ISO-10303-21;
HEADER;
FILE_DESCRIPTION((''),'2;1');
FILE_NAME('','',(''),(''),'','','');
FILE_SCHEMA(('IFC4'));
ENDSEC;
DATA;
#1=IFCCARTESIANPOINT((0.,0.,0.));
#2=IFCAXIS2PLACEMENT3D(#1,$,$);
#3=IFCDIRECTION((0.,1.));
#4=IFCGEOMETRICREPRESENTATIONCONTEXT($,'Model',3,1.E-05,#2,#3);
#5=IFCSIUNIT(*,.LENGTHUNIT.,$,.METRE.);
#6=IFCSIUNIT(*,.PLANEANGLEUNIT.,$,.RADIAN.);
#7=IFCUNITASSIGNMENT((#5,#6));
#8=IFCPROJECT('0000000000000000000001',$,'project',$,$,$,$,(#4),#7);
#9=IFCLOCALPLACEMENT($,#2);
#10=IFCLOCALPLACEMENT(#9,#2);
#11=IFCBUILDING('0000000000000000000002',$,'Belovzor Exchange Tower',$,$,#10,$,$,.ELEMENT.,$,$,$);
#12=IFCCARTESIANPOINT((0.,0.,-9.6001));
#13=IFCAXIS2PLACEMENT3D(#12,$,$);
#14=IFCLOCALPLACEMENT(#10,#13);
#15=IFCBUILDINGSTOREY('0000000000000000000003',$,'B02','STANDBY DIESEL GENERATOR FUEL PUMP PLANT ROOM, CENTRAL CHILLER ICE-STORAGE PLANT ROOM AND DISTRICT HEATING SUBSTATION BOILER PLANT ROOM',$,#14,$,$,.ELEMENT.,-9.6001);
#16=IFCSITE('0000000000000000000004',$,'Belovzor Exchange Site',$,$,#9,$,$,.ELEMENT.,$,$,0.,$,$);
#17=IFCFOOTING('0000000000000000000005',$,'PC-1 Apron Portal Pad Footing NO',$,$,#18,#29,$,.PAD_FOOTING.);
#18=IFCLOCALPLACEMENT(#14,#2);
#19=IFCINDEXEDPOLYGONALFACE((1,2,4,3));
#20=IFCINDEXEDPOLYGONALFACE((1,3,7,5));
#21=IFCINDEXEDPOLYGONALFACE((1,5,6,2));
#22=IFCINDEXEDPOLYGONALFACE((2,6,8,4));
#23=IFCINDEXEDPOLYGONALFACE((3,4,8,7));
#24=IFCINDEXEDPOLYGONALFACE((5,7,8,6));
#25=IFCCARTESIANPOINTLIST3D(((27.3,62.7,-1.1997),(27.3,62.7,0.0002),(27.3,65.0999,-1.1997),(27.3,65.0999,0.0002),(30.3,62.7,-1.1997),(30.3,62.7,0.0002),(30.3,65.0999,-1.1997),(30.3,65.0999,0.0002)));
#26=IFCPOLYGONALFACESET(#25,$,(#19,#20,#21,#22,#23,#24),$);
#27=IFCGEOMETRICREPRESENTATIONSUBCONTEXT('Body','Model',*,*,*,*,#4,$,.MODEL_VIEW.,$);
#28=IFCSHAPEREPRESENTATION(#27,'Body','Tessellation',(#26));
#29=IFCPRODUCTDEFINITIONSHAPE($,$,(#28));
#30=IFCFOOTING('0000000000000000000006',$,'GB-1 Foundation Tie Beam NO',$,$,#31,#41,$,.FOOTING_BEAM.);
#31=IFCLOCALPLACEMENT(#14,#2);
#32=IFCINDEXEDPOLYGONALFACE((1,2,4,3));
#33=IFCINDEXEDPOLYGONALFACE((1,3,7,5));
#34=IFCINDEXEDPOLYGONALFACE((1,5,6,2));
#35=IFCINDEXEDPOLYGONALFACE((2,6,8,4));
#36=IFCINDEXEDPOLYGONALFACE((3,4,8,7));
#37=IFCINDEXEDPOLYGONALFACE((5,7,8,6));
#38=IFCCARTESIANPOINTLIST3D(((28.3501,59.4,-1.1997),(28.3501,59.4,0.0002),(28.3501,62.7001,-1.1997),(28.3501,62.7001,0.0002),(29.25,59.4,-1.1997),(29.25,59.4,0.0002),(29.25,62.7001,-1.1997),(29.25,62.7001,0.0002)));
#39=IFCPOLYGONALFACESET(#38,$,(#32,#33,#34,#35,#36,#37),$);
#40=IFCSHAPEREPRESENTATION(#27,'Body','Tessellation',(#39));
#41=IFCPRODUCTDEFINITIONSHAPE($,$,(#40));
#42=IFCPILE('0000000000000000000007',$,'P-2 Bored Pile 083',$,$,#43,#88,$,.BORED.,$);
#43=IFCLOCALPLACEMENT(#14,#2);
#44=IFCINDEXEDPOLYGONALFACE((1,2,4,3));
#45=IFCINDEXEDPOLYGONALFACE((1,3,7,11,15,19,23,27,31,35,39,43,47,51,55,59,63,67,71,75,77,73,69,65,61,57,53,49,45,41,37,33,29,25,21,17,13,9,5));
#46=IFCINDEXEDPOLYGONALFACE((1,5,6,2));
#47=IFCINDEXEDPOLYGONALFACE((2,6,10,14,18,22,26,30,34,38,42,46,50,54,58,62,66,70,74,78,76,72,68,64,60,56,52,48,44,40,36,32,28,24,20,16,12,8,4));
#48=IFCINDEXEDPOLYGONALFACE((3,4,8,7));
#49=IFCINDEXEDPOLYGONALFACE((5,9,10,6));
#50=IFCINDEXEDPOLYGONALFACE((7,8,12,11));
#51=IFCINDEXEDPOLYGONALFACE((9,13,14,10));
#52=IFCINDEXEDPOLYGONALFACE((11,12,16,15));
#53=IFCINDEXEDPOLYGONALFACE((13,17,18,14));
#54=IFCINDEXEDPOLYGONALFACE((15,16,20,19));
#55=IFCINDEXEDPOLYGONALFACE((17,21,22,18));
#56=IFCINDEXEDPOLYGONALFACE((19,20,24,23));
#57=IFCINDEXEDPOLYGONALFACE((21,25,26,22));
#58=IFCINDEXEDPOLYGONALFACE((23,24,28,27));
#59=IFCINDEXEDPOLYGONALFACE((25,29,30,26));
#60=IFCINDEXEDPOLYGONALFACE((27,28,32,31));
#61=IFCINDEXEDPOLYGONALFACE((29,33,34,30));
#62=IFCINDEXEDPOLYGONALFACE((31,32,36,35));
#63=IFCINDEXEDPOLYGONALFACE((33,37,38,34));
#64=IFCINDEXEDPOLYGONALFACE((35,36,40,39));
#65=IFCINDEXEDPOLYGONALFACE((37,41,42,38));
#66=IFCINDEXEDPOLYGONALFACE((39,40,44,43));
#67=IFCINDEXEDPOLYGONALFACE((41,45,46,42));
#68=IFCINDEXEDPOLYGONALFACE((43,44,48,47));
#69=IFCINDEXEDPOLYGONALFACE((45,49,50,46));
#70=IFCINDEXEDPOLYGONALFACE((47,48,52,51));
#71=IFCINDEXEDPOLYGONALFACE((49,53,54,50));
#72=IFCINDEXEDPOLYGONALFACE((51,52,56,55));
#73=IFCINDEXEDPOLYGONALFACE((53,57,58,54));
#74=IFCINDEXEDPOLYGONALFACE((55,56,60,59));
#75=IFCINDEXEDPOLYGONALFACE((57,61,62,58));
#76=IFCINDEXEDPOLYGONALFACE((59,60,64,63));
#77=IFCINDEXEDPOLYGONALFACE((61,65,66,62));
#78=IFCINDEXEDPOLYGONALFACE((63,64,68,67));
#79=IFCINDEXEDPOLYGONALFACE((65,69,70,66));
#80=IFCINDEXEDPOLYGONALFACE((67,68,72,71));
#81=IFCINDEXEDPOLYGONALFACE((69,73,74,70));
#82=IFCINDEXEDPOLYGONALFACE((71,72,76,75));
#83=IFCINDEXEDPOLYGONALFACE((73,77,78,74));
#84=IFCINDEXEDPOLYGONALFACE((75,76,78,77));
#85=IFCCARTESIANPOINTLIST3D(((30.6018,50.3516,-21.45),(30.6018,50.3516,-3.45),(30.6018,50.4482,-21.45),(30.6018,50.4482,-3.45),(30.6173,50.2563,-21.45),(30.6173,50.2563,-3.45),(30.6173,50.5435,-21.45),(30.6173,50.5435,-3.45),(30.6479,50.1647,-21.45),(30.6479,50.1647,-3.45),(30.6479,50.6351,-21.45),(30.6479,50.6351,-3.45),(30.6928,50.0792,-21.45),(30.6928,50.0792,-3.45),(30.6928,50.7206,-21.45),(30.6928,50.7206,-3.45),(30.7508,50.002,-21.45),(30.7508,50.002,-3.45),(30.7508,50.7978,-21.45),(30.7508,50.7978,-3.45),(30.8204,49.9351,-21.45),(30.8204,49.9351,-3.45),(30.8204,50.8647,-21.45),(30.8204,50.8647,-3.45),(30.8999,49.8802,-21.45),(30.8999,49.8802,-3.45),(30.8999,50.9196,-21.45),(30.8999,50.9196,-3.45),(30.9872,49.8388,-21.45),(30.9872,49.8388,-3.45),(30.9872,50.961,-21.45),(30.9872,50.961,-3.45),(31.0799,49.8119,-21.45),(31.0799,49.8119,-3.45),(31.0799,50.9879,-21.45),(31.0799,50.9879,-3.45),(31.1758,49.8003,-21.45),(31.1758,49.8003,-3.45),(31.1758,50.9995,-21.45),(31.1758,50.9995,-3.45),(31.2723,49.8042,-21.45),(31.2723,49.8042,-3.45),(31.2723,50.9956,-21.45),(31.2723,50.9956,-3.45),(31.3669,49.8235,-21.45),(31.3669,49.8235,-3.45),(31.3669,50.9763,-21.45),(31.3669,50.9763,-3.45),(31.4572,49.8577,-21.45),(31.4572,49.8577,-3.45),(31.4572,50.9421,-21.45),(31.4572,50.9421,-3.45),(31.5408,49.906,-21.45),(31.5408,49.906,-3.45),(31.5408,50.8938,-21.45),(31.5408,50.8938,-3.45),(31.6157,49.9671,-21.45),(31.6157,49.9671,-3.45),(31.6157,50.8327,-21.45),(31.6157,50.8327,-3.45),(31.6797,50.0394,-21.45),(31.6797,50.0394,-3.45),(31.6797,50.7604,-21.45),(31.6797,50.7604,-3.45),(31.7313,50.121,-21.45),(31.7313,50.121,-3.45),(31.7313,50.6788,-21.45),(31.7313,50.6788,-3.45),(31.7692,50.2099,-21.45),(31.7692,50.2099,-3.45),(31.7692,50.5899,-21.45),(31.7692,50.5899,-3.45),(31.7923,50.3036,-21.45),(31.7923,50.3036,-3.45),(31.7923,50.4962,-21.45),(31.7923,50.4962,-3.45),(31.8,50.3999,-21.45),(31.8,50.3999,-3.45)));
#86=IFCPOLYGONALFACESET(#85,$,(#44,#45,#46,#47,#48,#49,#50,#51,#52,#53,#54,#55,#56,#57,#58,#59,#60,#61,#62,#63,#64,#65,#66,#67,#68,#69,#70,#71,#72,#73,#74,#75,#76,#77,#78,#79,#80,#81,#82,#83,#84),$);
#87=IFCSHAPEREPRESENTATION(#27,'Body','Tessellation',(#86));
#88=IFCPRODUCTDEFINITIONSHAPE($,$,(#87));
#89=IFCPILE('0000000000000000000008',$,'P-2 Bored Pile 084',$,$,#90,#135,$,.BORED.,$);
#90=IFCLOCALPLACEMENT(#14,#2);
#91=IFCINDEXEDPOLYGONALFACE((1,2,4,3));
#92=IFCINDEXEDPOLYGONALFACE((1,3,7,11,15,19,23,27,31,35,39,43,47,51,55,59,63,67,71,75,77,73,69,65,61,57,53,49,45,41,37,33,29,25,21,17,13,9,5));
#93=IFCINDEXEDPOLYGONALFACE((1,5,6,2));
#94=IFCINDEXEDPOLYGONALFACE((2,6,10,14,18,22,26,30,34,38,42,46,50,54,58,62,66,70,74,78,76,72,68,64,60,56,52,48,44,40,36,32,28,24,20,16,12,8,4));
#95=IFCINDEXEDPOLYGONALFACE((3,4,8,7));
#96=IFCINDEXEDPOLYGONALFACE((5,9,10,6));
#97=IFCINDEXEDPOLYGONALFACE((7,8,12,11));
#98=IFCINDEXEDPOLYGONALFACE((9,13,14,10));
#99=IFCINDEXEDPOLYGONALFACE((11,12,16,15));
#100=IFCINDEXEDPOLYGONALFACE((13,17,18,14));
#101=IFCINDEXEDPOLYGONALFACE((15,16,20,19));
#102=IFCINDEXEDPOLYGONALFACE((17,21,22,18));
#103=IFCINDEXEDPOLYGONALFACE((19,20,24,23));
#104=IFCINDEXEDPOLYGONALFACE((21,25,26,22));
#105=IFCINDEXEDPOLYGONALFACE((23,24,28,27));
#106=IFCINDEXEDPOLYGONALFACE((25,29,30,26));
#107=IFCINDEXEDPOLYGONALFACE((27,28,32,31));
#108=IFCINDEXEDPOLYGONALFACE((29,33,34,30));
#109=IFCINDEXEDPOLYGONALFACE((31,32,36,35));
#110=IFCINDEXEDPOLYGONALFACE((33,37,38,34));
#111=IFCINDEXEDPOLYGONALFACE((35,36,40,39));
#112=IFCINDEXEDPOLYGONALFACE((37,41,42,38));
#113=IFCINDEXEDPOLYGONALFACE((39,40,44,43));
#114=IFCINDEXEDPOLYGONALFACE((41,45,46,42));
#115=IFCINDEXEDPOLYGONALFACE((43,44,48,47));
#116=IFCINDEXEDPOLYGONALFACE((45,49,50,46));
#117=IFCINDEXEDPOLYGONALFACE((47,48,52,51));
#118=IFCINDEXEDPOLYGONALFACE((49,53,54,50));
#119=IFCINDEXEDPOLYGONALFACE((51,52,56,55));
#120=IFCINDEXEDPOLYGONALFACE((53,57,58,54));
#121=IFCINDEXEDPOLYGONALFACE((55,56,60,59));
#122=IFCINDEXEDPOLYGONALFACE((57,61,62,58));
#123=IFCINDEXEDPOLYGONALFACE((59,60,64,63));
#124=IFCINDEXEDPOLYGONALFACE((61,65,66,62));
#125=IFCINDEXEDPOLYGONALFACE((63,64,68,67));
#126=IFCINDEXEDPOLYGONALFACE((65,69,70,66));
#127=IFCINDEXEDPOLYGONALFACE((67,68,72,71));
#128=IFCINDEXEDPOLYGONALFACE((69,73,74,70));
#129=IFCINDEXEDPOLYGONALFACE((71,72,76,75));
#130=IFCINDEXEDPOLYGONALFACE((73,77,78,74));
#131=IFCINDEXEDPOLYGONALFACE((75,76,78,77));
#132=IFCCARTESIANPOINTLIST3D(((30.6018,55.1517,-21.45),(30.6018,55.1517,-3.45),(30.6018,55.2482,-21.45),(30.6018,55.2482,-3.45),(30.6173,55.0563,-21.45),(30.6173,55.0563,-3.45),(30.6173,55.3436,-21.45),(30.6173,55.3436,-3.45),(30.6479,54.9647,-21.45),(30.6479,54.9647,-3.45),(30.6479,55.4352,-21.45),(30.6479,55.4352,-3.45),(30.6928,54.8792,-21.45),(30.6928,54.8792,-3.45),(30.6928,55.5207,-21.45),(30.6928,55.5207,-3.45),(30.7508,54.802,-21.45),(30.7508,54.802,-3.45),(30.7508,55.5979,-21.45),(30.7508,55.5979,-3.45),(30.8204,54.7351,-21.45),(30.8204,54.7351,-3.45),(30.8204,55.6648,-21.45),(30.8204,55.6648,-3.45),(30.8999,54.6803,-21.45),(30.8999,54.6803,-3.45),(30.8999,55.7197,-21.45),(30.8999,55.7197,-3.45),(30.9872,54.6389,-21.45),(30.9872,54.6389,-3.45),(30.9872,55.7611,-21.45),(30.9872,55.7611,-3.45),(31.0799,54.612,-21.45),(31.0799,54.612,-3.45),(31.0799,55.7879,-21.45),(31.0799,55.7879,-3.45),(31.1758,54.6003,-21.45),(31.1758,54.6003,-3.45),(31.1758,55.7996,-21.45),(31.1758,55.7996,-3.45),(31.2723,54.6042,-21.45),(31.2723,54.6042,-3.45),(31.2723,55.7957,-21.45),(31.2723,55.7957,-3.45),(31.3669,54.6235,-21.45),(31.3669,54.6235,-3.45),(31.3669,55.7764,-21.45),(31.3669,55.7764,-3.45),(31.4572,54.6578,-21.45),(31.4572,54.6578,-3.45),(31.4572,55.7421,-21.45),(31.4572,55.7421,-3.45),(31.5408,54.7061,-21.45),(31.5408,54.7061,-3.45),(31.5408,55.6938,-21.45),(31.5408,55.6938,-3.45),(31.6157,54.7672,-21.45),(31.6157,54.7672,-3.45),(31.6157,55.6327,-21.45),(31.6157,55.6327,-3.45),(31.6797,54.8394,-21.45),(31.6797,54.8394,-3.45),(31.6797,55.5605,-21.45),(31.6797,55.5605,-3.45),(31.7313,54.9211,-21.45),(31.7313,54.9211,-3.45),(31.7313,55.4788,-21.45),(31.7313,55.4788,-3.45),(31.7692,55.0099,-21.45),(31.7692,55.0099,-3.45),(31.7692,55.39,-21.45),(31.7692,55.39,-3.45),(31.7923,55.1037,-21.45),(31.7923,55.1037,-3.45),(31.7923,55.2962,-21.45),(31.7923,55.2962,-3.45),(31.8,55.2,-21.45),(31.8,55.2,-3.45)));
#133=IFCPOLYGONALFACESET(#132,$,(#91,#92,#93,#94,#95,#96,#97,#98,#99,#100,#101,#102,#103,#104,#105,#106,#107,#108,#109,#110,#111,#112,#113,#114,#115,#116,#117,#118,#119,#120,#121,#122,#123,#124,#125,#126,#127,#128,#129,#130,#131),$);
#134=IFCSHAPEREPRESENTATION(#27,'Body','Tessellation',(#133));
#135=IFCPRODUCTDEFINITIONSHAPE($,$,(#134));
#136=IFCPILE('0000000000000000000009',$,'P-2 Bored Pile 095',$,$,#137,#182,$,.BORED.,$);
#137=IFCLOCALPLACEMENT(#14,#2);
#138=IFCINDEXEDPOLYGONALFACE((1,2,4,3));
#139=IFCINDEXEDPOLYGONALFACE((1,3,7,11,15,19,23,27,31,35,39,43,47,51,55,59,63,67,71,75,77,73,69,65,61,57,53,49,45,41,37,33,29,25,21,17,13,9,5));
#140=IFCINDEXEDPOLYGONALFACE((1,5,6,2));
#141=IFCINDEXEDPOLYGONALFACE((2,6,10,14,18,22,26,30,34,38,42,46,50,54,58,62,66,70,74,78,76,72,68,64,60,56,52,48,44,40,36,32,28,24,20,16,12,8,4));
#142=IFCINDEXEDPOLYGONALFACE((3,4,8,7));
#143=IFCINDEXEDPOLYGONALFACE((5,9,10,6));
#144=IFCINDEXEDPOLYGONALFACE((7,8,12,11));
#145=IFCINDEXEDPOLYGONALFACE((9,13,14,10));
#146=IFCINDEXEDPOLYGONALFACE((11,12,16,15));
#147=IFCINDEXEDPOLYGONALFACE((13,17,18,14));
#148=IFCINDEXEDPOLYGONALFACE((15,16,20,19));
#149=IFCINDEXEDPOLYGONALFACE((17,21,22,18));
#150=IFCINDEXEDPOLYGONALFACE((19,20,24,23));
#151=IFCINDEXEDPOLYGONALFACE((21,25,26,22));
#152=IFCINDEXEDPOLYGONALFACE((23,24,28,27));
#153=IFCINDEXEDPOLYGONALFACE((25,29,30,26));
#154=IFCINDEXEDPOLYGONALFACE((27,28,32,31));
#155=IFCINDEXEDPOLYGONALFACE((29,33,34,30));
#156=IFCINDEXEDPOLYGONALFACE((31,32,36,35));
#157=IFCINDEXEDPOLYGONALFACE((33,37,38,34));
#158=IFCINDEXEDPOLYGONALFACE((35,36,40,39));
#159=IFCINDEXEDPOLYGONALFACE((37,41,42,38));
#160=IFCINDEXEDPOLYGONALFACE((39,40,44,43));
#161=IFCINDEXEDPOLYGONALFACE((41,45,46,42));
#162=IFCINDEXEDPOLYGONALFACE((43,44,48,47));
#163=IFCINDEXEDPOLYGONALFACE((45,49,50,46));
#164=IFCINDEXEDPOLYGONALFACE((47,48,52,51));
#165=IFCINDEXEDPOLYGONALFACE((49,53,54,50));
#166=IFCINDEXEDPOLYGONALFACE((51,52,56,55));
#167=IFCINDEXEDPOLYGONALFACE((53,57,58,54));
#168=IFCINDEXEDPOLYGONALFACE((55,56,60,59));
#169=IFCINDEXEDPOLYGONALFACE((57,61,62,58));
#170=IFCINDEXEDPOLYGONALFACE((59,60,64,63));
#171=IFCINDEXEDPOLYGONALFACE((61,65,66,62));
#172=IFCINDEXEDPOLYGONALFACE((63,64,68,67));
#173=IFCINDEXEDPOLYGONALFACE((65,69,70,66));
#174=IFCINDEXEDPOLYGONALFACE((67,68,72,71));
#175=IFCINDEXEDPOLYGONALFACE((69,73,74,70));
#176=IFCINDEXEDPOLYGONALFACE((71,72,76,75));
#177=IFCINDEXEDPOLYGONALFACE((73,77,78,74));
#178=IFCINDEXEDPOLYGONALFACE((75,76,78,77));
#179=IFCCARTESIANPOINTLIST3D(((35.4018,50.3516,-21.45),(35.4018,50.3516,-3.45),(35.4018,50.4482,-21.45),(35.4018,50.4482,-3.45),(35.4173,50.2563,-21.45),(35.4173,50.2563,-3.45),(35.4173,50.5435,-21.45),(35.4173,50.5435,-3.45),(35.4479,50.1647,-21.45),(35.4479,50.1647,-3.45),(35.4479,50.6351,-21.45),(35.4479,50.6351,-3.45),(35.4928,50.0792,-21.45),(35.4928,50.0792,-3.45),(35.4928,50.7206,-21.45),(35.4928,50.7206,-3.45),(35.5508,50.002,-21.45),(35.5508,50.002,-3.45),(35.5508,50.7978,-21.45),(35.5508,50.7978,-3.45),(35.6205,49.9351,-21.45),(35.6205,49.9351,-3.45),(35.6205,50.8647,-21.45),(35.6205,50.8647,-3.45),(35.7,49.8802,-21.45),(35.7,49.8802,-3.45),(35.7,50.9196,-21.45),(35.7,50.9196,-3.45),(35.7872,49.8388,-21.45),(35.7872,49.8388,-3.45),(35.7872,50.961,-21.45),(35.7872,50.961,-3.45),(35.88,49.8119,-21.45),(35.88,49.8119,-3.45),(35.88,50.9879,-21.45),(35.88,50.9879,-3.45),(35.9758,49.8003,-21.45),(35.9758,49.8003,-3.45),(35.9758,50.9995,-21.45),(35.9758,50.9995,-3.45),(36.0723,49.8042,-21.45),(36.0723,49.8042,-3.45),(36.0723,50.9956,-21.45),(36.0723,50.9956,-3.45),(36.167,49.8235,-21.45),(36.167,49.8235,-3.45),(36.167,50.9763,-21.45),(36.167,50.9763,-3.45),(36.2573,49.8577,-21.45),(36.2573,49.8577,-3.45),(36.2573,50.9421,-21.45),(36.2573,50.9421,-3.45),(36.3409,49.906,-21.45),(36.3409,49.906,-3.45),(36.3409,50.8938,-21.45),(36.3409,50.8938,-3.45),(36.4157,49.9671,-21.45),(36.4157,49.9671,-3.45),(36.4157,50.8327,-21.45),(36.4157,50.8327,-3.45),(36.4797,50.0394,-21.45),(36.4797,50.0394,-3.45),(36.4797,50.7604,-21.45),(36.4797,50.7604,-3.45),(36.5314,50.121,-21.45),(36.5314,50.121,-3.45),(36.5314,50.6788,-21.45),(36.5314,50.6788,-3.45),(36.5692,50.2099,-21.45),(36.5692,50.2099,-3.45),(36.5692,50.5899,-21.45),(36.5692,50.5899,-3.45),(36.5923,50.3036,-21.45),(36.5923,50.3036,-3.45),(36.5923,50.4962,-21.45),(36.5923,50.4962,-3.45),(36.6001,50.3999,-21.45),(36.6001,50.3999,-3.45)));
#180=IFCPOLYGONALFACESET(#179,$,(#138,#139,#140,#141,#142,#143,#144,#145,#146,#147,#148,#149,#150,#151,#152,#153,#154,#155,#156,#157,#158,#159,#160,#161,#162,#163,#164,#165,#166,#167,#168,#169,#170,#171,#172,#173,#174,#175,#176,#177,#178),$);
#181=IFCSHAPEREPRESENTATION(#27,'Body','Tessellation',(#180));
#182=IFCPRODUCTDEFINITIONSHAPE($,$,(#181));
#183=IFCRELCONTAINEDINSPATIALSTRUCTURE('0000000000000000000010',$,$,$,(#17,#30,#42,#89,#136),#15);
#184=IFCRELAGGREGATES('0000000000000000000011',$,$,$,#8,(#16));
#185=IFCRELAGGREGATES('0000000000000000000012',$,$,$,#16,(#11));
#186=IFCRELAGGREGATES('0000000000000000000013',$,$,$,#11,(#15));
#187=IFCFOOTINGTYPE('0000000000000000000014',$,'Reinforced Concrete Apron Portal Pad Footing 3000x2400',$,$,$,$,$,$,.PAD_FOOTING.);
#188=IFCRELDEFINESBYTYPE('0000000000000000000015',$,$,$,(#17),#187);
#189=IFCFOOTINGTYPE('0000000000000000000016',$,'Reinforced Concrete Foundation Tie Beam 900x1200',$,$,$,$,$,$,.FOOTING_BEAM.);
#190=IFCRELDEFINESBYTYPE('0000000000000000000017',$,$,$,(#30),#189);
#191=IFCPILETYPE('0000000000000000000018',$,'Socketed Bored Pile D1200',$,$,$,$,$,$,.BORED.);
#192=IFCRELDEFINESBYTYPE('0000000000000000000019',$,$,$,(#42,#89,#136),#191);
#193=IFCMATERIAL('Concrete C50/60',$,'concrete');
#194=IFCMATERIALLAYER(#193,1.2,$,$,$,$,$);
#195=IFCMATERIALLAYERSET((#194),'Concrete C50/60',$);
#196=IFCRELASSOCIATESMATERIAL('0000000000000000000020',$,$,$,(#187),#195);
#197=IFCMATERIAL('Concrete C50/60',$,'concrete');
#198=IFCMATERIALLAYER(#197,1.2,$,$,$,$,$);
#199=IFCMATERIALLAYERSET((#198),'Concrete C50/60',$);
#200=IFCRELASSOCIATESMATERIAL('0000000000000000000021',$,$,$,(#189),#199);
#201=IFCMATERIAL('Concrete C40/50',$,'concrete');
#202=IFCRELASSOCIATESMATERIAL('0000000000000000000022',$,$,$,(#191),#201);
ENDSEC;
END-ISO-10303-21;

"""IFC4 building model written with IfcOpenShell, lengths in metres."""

from ifc_helpers import new_model, si_unit, direction, frame, origin, origin_2d, place, context, subcontext, project, spatial, rectangle, circle, extrude, material, layer, layer_set, material_profile, profile_set, type_object, element, save


model = new_model("IFC4")

# Units and contexts
model_context = context("Model", 3, precision=1e-05, world=origin(), true_north=direction((0.0, 1.0)))
body_context = subcontext(model_context, "Body", "Model", "MODEL_VIEW")
ifc_project = project(units=[si_unit("LENGTHUNIT", "METRE"), si_unit("PLANEANGLEUNIT", "RADIAN")], contexts=[model_context])

# Site, building, storey
site_placement = place(None, origin())
site = spatial("IfcSite", under=ifc_project, at=site_placement, Name="Belovzor Exchange Site", CompositionType="ELEMENT", RefElevation=0.0)
building_placement = place(site_placement, origin())
building = spatial("IfcBuilding", under=site, at=building_placement, Name="Belovzor Exchange Tower", CompositionType="ELEMENT")
storey_placement = place(building_placement, frame((0.0, 0.0, -9.6001)))
storey = spatial("IfcBuildingStorey", under=building, at=storey_placement, Name="B02", Description="STANDBY DIESEL GENERATOR FUEL PUMP PLANT ROOM, CENTRAL CHILLER ICE-STORAGE PLANT ROOM AND DISTRICT HEATING SUBSTATION BOILER PLANT ROOM", CompositionType="ELEMENT", Elevation=-9.6001)

# Footings
ifc_material_1 = material(Name="Concrete C50/60", Category="concrete")
ifc_layer_1 = layer(ifc_material_1, 1.2)
ifc_layer_set_1 = layer_set([ifc_layer_1], Name="Concrete C50/60")
footing_type_1 = type_object("IfcFootingType", Name="Reinforced Concrete Apron Portal Pad Footing 3000x2400", PredefinedType="PAD_FOOTING", material=ifc_layer_set_1)
footing_1_placement = place(storey_placement, frame((28.8, 63.8999, -1.1997), z_axis=(0.0, 0.0, 1.0), x_axis=(1.0, 0.0, 0.0)))
element("IfcFooting", 1, at=footing_1_placement, inside=storey, type_object=footing_type_1, Name="PC-1 Apron Portal Pad Footing NO", PredefinedType="PAD_FOOTING", context=body_context, shape_type="SweptSolid", body=[
    extrude(rectangle(XDim=3.0, YDim=2.3999, at=origin_2d()), origin(), (0.0, 0.0, 1.0), 1.2),
])
ifc_material_2 = material(Name="Concrete C50/60", Category="concrete")
ifc_layer_2 = layer(ifc_material_2, 1.2)
ifc_layer_set_2 = layer_set([ifc_layer_2], Name="Concrete C50/60")
footing_type_2 = type_object("IfcFootingType", Name="Reinforced Concrete Foundation Tie Beam 900x1200", PredefinedType="FOOTING_BEAM", material=ifc_layer_set_2)
footing_2_placement = place(storey_placement, frame((28.8, 61.05, -1.1997), z_axis=(0.0, 0.0, 1.0), x_axis=(0.0, 1.0, 0.0)))
element("IfcFooting", 2, at=footing_2_placement, inside=storey, type_object=footing_type_2, Name="GB-1 Foundation Tie Beam NO", PredefinedType="FOOTING_BEAM", context=body_context, shape_type="SweptSolid", body=[
    extrude(rectangle(XDim=3.3, YDim=0.8999, at=origin_2d()), origin(), (0.0, 0.0, 1.0), 1.2),
])

# Piles
ifc_material_3 = material(Name="Concrete C40/50", Category="concrete")
ifc_material_profile_1 = material_profile(ifc_material_3, circle(Radius=0.6001, at=origin_2d()))
ifc_profile_set_1 = profile_set([ifc_material_profile_1], Name="Concrete C40/50")
pile_type_1 = type_object("IfcPileType", Name="Socketed Bored Pile D1200", PredefinedType="BORED", material=ifc_profile_set_1)
for number, where, z_axis, x_axis, name in (
    (3, (31.2, 50.3999, -3.45), (0.0, 0.0, -1.0), (1.0, 0.0, 0.0), "P-2 Bored Pile 083"),
    (4, (31.2, 55.2, -3.45), (0.0, 0.0, -1.0), (1.0, 0.0, 0.0), "P-2 Bored Pile 084"),
    (5, (36.0, 50.3999, -3.45), (0.0, 0.0, -1.0), (1.0, 0.0, 0.0), "P-2 Bored Pile 095"),
):
    element("IfcPile", number, at=place(storey_placement, frame(where, z_axis=z_axis, x_axis=x_axis)), inside=storey, type_object=pile_type_1, Name=name, PredefinedType="BORED", context=body_context, shape_type="SweptSolid", body=[
        extrude(circle(Radius=0.6001, at=origin_2d()), origin(), (0.0, 0.0, 1.0), 18.0),
    ])

save(model, "model.ifc")
